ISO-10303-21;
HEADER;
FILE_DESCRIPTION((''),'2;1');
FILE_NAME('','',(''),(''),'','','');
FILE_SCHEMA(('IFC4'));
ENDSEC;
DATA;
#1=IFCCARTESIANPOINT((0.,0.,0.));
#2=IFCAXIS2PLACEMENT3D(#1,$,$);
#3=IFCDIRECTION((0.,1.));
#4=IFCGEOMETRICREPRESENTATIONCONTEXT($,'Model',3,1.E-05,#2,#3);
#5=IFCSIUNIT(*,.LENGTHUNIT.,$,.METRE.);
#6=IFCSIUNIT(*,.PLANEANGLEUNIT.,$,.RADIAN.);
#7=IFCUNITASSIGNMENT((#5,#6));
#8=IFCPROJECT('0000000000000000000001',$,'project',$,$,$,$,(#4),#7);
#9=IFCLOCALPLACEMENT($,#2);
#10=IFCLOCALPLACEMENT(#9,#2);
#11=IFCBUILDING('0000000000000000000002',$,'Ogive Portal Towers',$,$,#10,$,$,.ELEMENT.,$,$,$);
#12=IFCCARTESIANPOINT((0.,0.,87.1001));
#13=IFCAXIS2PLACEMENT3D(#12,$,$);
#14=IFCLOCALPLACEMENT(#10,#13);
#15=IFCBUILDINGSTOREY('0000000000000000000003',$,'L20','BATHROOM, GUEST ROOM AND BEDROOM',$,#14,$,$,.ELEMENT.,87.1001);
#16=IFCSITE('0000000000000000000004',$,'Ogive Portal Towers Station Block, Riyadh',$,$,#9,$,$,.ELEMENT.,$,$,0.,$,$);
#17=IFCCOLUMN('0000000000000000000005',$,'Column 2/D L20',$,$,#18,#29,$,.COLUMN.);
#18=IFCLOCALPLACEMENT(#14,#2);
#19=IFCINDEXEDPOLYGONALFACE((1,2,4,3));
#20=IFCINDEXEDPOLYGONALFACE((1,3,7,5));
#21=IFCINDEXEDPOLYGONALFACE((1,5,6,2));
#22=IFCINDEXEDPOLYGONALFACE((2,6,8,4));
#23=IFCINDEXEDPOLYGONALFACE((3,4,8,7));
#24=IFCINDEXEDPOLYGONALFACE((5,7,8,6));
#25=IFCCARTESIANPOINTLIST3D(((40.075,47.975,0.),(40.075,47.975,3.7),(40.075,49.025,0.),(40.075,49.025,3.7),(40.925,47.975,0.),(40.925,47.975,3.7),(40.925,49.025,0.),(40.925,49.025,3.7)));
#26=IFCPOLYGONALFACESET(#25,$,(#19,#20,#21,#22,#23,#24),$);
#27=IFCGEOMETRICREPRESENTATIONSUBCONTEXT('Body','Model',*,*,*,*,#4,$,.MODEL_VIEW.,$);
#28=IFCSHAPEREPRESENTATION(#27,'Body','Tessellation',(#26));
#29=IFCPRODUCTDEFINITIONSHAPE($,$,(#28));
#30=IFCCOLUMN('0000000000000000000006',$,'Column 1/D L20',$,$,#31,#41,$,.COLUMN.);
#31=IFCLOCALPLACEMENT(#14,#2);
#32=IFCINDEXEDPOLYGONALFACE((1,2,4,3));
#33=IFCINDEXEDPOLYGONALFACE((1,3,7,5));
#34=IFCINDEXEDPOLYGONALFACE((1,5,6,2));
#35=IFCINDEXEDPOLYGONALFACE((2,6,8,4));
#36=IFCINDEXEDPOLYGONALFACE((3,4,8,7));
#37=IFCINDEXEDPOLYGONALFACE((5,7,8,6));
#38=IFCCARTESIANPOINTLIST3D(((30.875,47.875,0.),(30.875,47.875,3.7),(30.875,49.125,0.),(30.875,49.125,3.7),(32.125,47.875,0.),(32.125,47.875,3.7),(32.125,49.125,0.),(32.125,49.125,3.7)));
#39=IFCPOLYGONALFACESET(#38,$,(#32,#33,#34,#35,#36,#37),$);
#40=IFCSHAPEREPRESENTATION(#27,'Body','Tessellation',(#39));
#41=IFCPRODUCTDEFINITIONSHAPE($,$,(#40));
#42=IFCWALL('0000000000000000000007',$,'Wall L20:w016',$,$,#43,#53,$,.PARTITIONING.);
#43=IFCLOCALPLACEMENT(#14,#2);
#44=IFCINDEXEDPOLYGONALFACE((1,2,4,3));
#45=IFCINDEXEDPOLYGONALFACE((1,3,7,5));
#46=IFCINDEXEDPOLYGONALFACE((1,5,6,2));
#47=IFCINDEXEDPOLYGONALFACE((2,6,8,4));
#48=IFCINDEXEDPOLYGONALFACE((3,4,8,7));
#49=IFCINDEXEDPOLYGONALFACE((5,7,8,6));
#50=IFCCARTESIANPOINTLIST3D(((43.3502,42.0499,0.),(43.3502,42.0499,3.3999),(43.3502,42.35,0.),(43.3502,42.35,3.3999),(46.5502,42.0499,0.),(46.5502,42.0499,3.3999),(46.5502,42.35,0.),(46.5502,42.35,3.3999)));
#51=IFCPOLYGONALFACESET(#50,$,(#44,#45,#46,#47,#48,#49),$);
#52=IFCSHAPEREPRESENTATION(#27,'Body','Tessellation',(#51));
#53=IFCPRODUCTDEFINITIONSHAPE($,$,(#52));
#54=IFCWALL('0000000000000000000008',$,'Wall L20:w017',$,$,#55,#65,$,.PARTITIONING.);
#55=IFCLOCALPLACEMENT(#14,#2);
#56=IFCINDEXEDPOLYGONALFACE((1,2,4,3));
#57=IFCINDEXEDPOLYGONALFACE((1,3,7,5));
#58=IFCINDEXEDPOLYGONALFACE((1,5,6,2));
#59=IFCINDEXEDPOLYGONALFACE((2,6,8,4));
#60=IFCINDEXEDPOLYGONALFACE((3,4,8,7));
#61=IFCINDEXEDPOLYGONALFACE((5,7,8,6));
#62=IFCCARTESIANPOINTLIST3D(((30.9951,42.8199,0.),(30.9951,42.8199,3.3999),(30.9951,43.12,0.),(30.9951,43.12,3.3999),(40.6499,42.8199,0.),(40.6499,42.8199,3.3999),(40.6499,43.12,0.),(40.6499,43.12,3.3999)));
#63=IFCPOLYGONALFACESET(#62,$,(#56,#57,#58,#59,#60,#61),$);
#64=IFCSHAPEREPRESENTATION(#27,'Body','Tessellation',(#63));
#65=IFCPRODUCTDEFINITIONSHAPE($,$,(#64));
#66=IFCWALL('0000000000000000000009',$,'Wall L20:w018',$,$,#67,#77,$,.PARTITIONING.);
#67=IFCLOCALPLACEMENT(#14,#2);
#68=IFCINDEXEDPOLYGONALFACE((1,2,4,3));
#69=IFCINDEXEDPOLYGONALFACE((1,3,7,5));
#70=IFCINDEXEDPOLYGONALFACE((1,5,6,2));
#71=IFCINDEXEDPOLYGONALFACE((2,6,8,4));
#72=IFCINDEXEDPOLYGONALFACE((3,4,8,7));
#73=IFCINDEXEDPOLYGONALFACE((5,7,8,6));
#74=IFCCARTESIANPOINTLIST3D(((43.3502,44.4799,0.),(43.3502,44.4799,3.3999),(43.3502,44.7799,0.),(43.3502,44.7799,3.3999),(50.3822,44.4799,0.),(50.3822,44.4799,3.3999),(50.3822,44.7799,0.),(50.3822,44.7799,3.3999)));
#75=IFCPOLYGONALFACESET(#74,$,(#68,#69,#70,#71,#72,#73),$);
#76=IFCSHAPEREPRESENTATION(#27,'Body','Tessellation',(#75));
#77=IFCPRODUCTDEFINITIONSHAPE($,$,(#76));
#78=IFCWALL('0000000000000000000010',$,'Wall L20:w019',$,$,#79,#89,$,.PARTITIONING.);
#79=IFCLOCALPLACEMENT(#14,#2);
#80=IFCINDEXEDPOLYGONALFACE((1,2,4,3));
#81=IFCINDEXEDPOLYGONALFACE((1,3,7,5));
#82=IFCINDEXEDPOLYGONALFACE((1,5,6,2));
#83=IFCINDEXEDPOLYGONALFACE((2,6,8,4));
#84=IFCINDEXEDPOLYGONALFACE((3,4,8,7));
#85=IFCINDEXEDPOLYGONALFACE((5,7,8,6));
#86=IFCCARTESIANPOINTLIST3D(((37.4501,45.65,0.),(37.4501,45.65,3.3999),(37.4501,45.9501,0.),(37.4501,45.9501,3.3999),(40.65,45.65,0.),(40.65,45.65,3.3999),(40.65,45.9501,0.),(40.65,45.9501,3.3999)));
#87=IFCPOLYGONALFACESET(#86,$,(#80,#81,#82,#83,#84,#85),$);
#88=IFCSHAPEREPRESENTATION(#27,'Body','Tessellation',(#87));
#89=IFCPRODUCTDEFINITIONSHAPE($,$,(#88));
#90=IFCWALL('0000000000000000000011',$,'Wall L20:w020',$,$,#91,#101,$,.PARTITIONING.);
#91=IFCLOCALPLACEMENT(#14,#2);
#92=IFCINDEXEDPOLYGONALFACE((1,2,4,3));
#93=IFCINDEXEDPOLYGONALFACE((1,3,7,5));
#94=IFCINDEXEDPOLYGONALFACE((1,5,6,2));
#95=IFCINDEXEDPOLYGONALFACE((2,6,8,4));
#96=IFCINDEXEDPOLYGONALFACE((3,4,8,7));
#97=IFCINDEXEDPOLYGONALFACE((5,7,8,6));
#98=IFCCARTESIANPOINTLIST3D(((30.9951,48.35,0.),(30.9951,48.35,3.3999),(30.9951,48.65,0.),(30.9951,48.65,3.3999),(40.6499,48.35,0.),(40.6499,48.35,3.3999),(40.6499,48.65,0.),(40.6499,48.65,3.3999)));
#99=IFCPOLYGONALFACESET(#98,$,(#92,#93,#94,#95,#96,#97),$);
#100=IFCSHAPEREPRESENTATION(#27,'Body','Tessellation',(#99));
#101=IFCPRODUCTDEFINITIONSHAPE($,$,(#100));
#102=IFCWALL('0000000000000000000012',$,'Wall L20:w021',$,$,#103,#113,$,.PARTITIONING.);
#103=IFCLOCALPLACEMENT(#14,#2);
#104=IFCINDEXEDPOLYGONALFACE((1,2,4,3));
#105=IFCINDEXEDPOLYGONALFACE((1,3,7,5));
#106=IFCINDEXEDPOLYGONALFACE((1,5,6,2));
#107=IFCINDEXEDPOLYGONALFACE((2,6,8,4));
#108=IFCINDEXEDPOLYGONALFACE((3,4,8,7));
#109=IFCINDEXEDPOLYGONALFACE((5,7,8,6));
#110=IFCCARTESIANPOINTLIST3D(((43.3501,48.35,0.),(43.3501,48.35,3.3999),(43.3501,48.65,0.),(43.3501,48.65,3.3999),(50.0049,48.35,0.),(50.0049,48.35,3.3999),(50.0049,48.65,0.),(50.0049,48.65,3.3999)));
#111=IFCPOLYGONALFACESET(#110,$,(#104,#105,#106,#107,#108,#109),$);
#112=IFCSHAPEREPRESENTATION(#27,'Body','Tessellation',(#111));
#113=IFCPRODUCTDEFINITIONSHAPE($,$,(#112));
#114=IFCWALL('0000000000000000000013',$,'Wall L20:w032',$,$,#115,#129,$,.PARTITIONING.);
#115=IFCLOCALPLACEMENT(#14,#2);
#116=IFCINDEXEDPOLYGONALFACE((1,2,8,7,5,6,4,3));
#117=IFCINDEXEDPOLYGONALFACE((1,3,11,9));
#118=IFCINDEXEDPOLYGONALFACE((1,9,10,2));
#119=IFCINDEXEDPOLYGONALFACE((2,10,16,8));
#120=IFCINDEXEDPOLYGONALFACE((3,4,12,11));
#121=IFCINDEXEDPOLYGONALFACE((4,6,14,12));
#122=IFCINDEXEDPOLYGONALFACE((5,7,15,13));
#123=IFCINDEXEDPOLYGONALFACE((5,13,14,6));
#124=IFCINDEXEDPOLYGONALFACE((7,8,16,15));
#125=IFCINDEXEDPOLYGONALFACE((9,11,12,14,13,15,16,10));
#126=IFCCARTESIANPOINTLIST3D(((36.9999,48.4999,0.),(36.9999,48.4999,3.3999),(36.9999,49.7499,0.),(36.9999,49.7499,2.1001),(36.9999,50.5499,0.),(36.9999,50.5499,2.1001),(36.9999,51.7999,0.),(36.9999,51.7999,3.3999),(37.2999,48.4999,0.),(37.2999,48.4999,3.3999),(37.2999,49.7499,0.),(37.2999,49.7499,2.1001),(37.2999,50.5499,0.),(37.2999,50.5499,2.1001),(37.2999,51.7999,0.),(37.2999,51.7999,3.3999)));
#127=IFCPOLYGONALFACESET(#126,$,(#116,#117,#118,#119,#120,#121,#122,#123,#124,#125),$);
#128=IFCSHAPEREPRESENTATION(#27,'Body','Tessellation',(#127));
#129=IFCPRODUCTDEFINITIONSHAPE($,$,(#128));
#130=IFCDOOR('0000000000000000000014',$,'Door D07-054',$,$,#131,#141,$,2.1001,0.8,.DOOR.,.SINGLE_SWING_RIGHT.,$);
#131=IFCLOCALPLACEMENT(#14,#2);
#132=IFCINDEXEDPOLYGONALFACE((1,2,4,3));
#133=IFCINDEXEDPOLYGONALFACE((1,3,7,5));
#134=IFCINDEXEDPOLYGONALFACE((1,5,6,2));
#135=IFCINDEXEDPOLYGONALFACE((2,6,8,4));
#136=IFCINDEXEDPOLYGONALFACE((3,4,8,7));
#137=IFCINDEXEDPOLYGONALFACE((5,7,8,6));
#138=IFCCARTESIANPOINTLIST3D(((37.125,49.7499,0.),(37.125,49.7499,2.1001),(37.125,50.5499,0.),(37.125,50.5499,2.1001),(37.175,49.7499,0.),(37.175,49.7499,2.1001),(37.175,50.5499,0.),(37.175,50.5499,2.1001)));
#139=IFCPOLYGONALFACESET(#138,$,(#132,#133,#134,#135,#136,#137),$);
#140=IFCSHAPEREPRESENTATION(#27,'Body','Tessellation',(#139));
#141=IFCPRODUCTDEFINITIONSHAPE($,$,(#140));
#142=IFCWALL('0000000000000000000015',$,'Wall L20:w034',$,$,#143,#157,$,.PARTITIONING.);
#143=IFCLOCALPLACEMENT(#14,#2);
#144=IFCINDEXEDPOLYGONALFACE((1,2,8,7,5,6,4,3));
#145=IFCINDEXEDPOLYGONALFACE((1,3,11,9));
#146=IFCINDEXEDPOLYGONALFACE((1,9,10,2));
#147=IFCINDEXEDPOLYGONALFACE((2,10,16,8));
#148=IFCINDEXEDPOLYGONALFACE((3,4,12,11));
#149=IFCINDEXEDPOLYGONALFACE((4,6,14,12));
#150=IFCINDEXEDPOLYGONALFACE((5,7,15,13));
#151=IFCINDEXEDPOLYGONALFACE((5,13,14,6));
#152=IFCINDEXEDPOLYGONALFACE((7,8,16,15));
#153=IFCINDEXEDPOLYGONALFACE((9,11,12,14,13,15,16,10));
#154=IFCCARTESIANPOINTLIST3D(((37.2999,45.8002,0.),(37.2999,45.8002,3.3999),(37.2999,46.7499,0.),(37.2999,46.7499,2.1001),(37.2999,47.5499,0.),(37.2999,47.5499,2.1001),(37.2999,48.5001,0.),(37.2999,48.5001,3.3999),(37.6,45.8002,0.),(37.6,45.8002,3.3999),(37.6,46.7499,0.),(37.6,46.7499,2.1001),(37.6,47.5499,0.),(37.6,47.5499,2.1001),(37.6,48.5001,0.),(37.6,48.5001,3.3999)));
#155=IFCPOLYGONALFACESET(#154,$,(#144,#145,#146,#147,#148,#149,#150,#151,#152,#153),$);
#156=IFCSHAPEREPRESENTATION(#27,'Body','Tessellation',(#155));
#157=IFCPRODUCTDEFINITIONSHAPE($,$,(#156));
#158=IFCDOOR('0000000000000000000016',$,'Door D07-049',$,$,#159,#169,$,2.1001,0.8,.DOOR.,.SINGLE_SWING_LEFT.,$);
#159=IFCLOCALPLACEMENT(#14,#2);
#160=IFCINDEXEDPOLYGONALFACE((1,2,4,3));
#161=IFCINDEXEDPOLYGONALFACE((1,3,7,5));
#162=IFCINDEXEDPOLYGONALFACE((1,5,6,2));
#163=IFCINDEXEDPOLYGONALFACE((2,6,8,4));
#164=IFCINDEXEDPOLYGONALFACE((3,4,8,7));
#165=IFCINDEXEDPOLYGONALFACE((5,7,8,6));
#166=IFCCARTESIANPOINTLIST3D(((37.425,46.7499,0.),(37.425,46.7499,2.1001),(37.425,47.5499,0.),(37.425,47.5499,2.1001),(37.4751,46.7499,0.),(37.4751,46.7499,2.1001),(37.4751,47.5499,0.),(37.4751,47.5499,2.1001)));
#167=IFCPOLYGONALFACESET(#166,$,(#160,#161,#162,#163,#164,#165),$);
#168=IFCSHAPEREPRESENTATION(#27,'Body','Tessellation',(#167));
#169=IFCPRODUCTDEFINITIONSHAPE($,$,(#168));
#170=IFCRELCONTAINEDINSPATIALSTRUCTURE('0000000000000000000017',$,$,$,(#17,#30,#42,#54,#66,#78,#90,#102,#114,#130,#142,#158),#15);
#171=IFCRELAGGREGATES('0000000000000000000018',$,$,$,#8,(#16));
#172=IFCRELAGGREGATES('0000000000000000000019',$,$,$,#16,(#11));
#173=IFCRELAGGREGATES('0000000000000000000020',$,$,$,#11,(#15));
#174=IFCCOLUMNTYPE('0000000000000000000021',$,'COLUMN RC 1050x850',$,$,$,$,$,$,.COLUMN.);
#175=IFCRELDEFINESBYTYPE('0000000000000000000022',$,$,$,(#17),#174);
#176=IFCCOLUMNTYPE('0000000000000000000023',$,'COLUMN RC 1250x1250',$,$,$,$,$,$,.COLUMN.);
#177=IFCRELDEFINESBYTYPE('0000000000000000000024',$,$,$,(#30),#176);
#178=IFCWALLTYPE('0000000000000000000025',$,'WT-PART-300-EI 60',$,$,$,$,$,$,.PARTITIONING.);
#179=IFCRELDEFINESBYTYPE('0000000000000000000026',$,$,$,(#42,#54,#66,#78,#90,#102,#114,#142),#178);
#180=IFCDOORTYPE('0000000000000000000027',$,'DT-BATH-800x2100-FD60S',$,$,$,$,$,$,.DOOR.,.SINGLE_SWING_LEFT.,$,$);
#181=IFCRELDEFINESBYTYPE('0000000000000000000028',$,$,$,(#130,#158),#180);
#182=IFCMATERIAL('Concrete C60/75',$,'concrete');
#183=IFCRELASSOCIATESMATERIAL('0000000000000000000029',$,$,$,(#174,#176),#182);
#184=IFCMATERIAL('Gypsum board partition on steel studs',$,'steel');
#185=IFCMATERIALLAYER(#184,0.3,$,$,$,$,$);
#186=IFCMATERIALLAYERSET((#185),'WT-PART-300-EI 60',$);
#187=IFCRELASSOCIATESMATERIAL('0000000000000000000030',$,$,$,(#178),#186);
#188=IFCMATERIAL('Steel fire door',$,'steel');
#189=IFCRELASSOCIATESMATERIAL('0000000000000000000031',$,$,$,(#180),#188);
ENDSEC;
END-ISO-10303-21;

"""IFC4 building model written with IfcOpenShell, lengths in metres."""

from ifc_helpers import new_model, si_unit, direction, frame, frame_2d, origin, origin_2d, place, context, subcontext, project, spatial, rectangle, extrude, material, layer, layer_set, material_profile, profile_set, type_object, element, fill, save


model = new_model("IFC4")

# Units and contexts
model_context = context("Model", 3, precision=1e-05, world=origin(), true_north=direction((0.0, 1.0)))
body_context = subcontext(model_context, "Body", "Model", "MODEL_VIEW")
ifc_project = project(units=[si_unit("LENGTHUNIT", "METRE"), si_unit("PLANEANGLEUNIT", "RADIAN")], contexts=[model_context])

# Site, building, storey
site_placement = place(None, origin())
site = spatial("IfcSite", under=ifc_project, at=site_placement, Name="Ogive Portal Towers Station Block, Riyadh", CompositionType="ELEMENT", RefElevation=0.0)
building_placement = place(site_placement, origin())
building = spatial("IfcBuilding", under=site, at=building_placement, Name="Ogive Portal Towers", CompositionType="ELEMENT")
storey_placement = place(building_placement, frame((0.0, 0.0, 87.1001)))
storey = spatial("IfcBuildingStorey", under=building, at=storey_placement, Name="L20", Description="BATHROOM, GUEST ROOM AND BEDROOM", CompositionType="ELEMENT", Elevation=87.1001)

# Columns
ifc_material_1 = material(Name="Concrete C60/75", Category="concrete")
ifc_material_profile_1 = material_profile(ifc_material_1, rectangle(XDim=1.05, YDim=0.8501, at=origin_2d()), Name="RC 1050x850")
ifc_profile_set_1 = profile_set([ifc_material_profile_1], Name="Concrete C60/75")
column_type_1 = type_object("IfcColumnType", Name="COLUMN RC 1050x850", PredefinedType="COLUMN", material=ifc_profile_set_1)
column_1_placement = place(storey_placement, frame((40.5, 48.5, 0.0), z_axis=(0.0, 0.0, 1.0), x_axis=(0.0, 1.0, 0.0)))
element("IfcColumn", 1, at=column_1_placement, inside=storey, type_object=column_type_1, Name="Column 2/D L20", PredefinedType="COLUMN", context=body_context, shape_type="SweptSolid", body=[
    extrude(rectangle(XDim=1.05, YDim=0.8501, at=origin_2d()), origin(), (0.0, 0.0, 1.0), 3.7),
])
ifc_material_profile_2 = material_profile(ifc_material_1, rectangle(XDim=1.25, YDim=1.25, at=origin_2d()), Name="RC 1250x1250")
ifc_profile_set_2 = profile_set([ifc_material_profile_2], Name="Concrete C60/75")
column_type_2 = type_object("IfcColumnType", Name="COLUMN RC 1250x1250", PredefinedType="COLUMN", material=ifc_profile_set_2)
column_2_placement = place(storey_placement, frame((31.5, 48.5, 0.0), z_axis=(0.0, 0.0, 1.0), x_axis=(1.0, 0.0, 0.0)))
element("IfcColumn", 2, at=column_2_placement, inside=storey, type_object=column_type_2, Name="Column 1/D L20", PredefinedType="COLUMN", context=body_context, shape_type="SweptSolid", body=[
    extrude(rectangle(XDim=1.25, YDim=1.25, at=origin_2d()), origin(), (0.0, 0.0, 1.0), 3.7),
])

# Walls
ifc_material_2 = material(Name="Gypsum board partition on steel studs", Category="steel")
ifc_layer_1 = layer(ifc_material_2, 0.3)
ifc_layer_set_1 = layer_set([ifc_layer_1], Name="WT-PART-300-EI 60")
wall_type_1 = type_object("IfcWallType", Name="WT-PART-300-EI 60", PredefinedType="PARTITIONING", material=ifc_layer_set_1)
wall_1_placement = place(storey_placement, frame((43.3501, 42.2, 0.0), z_axis=(0.0, 0.0, 1.0), x_axis=(1.0, 0.0, 0.0)))
element("IfcWall", 3, at=wall_1_placement, inside=storey, type_object=wall_type_1, Name="Wall L20:w016", PredefinedType="PARTITIONING", context=body_context, shape_type="SweptSolid", body=[
    extrude(rectangle(XDim=3.2, YDim=0.3, at=frame_2d((1.6001, 0.0))), origin(), (0.0, 0.0, 1.0), 3.3999),
])
wall_2_placement = place(storey_placement, frame((30.9951, 42.97, 0.0), z_axis=(0.0, 0.0, 1.0), x_axis=(1.0, 0.0, 0.0)))
element("IfcWall", 4, at=wall_2_placement, inside=storey, type_object=wall_type_1, Name="Wall L20:w017", PredefinedType="PARTITIONING", context=body_context, shape_type="SweptSolid", body=[
    extrude(rectangle(XDim=9.6548, YDim=0.3, at=frame_2d((4.8274, 0.0))), origin(), (0.0, 0.0, 1.0), 3.3999),
])
wall_3_placement = place(storey_placement, frame((43.3501, 44.6299, 0.0), z_axis=(0.0, 0.0, 1.0), x_axis=(1.0, 0.0, 0.0)))
element("IfcWall", 5, at=wall_3_placement, inside=storey, type_object=wall_type_1, Name="Wall L20:w018", PredefinedType="PARTITIONING", context=body_context, shape_type="SweptSolid", body=[
    extrude(rectangle(XDim=7.032, YDim=0.3, at=frame_2d((3.5161, 0.0))), origin(), (0.0, 0.0, 1.0), 3.3999),
])
wall_4_placement = place(storey_placement, frame((37.45, 45.8, 0.0), z_axis=(0.0, 0.0, 1.0), x_axis=(1.0, 0.0, 0.0)))
element("IfcWall", 6, at=wall_4_placement, inside=storey, type_object=wall_type_1, Name="Wall L20:w019", PredefinedType="PARTITIONING", context=body_context, shape_type="SweptSolid", body=[
    extrude(rectangle(XDim=3.2, YDim=0.3, at=frame_2d((1.6001, 0.0))), origin(), (0.0, 0.0, 1.0), 3.3999),
])
wall_5_placement = place(storey_placement, frame((30.9951, 48.5, 0.0), z_axis=(0.0, 0.0, 1.0), x_axis=(1.0, 0.0, 0.0)))
element("IfcWall", 7, at=wall_5_placement, inside=storey, type_object=wall_type_1, Name="Wall L20:w020", PredefinedType="PARTITIONING", context=body_context, shape_type="SweptSolid", body=[
    extrude(rectangle(XDim=9.6548, YDim=0.3, at=frame_2d((4.8274, 0.0))), origin(), (0.0, 0.0, 1.0), 3.3999),
])
wall_6_placement = place(storey_placement, frame((43.3501, 48.5, 0.0), z_axis=(0.0, 0.0, 1.0), x_axis=(1.0, 0.0, 0.0)))
element("IfcWall", 8, at=wall_6_placement, inside=storey, type_object=wall_type_1, Name="Wall L20:w021", PredefinedType="PARTITIONING", context=body_context, shape_type="SweptSolid", body=[
    extrude(rectangle(XDim=6.6548, YDim=0.3, at=frame_2d((3.3274, 0.0))), origin(), (0.0, 0.0, 1.0), 3.3999),
])

# Walls, openings, doors
wall_7_placement = place(storey_placement, frame((37.1499, 48.5, 0.0), z_axis=(0.0, 0.0, 1.0), x_axis=(0.0, 1.0, 0.0)))
wall_7 = element("IfcWall", 9, at=wall_7_placement, inside=storey, type_object=wall_type_1, Name="Wall L20:w032", PredefinedType="PARTITIONING", context=body_context, shape_type="SweptSolid", body=[
    extrude(rectangle(XDim=3.3, YDim=0.3, at=frame_2d((1.6499, 0.0))), origin(), (0.0, 0.0, 1.0), 3.3999),
])
opening_1_placement = place(wall_7_placement, frame((1.25, 0.0, 0.0)))
opening_1 = element("IfcOpeningElement", 10, at=opening_1_placement, cuts=wall_7, PredefinedType="OPENING", context=body_context, shape_type="SweptSolid", body=[
    extrude(rectangle(XDim=0.8, YDim=2.1001, at=frame_2d((0.3999, 1.05))), frame((0.0, 0.1602, 0.0), z_axis=(0.0, -1.0, 0.0), x_axis=(1.0, 0.0, 0.0)), (0.0, 0.0, 1.0), 0.3201),
])
ifc_material_3 = material(Name="Steel fire door", Category="steel")
door_type_1 = type_object("IfcDoorType", Name="DT-BATH-800x2100-FD60S", OperationType="SINGLE_SWING_LEFT", PredefinedType="DOOR", material=ifc_material_3)
door_1_placement = place(opening_1_placement, origin())
door_1 = element("IfcDoor", 11, at=door_1_placement, inside=storey, type_object=door_type_1, Name="Door D07-054", OperationType="SINGLE_SWING_RIGHT", OverallHeight=2.1001, OverallWidth=0.8, PredefinedType="DOOR", context=body_context, shape_type="SweptSolid", body=[
    extrude(rectangle(XDim=0.8, YDim=2.1001, at=frame_2d((0.3999, 1.05))), frame((0.0, 0.0249, 0.0), z_axis=(0.0, -1.0, 0.0), x_axis=(1.0, 0.0, 0.0)), (0.0, 0.0, 1.0), 0.05),
])
fill(opening_1, door_1)
wall_8_placement = place(storey_placement, frame((37.45, 45.8, 0.0), z_axis=(0.0, 0.0, 1.0), x_axis=(0.0, 1.0, 0.0)))
wall_8 = element("IfcWall", 12, at=wall_8_placement, inside=storey, type_object=wall_type_1, Name="Wall L20:w034", PredefinedType="PARTITIONING", context=body_context, shape_type="SweptSolid", body=[
    extrude(rectangle(XDim=2.7, YDim=0.3, at=frame_2d((1.3501, 0.0))), origin(), (0.0, 0.0, 1.0), 3.3999),
])
opening_2_placement = place(wall_8_placement, frame((0.95, 0.0, 0.0)))
opening_2 = element("IfcOpeningElement", 13, at=opening_2_placement, cuts=wall_8, PredefinedType="OPENING", context=body_context, shape_type="SweptSolid", body=[
    extrude(rectangle(XDim=0.8, YDim=2.1001, at=frame_2d((0.3999, 1.05))), frame((0.0, 0.1602, 0.0), z_axis=(0.0, -1.0, 0.0), x_axis=(1.0, 0.0, 0.0)), (0.0, 0.0, 1.0), 0.3201),
])
door_2_placement = place(opening_2_placement, origin())
door_2 = element("IfcDoor", 14, at=door_2_placement, inside=storey, type_object=door_type_1, Name="Door D07-049", OperationType="SINGLE_SWING_LEFT", OverallHeight=2.1001, OverallWidth=0.8, PredefinedType="DOOR", context=body_context, shape_type="SweptSolid", body=[
    extrude(rectangle(XDim=0.8, YDim=2.1001, at=frame_2d((0.3999, 1.05))), frame((0.0, 0.0249, 0.0), z_axis=(0.0, -1.0, 0.0), x_axis=(1.0, 0.0, 0.0)), (0.0, 0.0, 1.0), 0.05),
])
fill(opening_2, door_2)

save(model, "model.ifc")
